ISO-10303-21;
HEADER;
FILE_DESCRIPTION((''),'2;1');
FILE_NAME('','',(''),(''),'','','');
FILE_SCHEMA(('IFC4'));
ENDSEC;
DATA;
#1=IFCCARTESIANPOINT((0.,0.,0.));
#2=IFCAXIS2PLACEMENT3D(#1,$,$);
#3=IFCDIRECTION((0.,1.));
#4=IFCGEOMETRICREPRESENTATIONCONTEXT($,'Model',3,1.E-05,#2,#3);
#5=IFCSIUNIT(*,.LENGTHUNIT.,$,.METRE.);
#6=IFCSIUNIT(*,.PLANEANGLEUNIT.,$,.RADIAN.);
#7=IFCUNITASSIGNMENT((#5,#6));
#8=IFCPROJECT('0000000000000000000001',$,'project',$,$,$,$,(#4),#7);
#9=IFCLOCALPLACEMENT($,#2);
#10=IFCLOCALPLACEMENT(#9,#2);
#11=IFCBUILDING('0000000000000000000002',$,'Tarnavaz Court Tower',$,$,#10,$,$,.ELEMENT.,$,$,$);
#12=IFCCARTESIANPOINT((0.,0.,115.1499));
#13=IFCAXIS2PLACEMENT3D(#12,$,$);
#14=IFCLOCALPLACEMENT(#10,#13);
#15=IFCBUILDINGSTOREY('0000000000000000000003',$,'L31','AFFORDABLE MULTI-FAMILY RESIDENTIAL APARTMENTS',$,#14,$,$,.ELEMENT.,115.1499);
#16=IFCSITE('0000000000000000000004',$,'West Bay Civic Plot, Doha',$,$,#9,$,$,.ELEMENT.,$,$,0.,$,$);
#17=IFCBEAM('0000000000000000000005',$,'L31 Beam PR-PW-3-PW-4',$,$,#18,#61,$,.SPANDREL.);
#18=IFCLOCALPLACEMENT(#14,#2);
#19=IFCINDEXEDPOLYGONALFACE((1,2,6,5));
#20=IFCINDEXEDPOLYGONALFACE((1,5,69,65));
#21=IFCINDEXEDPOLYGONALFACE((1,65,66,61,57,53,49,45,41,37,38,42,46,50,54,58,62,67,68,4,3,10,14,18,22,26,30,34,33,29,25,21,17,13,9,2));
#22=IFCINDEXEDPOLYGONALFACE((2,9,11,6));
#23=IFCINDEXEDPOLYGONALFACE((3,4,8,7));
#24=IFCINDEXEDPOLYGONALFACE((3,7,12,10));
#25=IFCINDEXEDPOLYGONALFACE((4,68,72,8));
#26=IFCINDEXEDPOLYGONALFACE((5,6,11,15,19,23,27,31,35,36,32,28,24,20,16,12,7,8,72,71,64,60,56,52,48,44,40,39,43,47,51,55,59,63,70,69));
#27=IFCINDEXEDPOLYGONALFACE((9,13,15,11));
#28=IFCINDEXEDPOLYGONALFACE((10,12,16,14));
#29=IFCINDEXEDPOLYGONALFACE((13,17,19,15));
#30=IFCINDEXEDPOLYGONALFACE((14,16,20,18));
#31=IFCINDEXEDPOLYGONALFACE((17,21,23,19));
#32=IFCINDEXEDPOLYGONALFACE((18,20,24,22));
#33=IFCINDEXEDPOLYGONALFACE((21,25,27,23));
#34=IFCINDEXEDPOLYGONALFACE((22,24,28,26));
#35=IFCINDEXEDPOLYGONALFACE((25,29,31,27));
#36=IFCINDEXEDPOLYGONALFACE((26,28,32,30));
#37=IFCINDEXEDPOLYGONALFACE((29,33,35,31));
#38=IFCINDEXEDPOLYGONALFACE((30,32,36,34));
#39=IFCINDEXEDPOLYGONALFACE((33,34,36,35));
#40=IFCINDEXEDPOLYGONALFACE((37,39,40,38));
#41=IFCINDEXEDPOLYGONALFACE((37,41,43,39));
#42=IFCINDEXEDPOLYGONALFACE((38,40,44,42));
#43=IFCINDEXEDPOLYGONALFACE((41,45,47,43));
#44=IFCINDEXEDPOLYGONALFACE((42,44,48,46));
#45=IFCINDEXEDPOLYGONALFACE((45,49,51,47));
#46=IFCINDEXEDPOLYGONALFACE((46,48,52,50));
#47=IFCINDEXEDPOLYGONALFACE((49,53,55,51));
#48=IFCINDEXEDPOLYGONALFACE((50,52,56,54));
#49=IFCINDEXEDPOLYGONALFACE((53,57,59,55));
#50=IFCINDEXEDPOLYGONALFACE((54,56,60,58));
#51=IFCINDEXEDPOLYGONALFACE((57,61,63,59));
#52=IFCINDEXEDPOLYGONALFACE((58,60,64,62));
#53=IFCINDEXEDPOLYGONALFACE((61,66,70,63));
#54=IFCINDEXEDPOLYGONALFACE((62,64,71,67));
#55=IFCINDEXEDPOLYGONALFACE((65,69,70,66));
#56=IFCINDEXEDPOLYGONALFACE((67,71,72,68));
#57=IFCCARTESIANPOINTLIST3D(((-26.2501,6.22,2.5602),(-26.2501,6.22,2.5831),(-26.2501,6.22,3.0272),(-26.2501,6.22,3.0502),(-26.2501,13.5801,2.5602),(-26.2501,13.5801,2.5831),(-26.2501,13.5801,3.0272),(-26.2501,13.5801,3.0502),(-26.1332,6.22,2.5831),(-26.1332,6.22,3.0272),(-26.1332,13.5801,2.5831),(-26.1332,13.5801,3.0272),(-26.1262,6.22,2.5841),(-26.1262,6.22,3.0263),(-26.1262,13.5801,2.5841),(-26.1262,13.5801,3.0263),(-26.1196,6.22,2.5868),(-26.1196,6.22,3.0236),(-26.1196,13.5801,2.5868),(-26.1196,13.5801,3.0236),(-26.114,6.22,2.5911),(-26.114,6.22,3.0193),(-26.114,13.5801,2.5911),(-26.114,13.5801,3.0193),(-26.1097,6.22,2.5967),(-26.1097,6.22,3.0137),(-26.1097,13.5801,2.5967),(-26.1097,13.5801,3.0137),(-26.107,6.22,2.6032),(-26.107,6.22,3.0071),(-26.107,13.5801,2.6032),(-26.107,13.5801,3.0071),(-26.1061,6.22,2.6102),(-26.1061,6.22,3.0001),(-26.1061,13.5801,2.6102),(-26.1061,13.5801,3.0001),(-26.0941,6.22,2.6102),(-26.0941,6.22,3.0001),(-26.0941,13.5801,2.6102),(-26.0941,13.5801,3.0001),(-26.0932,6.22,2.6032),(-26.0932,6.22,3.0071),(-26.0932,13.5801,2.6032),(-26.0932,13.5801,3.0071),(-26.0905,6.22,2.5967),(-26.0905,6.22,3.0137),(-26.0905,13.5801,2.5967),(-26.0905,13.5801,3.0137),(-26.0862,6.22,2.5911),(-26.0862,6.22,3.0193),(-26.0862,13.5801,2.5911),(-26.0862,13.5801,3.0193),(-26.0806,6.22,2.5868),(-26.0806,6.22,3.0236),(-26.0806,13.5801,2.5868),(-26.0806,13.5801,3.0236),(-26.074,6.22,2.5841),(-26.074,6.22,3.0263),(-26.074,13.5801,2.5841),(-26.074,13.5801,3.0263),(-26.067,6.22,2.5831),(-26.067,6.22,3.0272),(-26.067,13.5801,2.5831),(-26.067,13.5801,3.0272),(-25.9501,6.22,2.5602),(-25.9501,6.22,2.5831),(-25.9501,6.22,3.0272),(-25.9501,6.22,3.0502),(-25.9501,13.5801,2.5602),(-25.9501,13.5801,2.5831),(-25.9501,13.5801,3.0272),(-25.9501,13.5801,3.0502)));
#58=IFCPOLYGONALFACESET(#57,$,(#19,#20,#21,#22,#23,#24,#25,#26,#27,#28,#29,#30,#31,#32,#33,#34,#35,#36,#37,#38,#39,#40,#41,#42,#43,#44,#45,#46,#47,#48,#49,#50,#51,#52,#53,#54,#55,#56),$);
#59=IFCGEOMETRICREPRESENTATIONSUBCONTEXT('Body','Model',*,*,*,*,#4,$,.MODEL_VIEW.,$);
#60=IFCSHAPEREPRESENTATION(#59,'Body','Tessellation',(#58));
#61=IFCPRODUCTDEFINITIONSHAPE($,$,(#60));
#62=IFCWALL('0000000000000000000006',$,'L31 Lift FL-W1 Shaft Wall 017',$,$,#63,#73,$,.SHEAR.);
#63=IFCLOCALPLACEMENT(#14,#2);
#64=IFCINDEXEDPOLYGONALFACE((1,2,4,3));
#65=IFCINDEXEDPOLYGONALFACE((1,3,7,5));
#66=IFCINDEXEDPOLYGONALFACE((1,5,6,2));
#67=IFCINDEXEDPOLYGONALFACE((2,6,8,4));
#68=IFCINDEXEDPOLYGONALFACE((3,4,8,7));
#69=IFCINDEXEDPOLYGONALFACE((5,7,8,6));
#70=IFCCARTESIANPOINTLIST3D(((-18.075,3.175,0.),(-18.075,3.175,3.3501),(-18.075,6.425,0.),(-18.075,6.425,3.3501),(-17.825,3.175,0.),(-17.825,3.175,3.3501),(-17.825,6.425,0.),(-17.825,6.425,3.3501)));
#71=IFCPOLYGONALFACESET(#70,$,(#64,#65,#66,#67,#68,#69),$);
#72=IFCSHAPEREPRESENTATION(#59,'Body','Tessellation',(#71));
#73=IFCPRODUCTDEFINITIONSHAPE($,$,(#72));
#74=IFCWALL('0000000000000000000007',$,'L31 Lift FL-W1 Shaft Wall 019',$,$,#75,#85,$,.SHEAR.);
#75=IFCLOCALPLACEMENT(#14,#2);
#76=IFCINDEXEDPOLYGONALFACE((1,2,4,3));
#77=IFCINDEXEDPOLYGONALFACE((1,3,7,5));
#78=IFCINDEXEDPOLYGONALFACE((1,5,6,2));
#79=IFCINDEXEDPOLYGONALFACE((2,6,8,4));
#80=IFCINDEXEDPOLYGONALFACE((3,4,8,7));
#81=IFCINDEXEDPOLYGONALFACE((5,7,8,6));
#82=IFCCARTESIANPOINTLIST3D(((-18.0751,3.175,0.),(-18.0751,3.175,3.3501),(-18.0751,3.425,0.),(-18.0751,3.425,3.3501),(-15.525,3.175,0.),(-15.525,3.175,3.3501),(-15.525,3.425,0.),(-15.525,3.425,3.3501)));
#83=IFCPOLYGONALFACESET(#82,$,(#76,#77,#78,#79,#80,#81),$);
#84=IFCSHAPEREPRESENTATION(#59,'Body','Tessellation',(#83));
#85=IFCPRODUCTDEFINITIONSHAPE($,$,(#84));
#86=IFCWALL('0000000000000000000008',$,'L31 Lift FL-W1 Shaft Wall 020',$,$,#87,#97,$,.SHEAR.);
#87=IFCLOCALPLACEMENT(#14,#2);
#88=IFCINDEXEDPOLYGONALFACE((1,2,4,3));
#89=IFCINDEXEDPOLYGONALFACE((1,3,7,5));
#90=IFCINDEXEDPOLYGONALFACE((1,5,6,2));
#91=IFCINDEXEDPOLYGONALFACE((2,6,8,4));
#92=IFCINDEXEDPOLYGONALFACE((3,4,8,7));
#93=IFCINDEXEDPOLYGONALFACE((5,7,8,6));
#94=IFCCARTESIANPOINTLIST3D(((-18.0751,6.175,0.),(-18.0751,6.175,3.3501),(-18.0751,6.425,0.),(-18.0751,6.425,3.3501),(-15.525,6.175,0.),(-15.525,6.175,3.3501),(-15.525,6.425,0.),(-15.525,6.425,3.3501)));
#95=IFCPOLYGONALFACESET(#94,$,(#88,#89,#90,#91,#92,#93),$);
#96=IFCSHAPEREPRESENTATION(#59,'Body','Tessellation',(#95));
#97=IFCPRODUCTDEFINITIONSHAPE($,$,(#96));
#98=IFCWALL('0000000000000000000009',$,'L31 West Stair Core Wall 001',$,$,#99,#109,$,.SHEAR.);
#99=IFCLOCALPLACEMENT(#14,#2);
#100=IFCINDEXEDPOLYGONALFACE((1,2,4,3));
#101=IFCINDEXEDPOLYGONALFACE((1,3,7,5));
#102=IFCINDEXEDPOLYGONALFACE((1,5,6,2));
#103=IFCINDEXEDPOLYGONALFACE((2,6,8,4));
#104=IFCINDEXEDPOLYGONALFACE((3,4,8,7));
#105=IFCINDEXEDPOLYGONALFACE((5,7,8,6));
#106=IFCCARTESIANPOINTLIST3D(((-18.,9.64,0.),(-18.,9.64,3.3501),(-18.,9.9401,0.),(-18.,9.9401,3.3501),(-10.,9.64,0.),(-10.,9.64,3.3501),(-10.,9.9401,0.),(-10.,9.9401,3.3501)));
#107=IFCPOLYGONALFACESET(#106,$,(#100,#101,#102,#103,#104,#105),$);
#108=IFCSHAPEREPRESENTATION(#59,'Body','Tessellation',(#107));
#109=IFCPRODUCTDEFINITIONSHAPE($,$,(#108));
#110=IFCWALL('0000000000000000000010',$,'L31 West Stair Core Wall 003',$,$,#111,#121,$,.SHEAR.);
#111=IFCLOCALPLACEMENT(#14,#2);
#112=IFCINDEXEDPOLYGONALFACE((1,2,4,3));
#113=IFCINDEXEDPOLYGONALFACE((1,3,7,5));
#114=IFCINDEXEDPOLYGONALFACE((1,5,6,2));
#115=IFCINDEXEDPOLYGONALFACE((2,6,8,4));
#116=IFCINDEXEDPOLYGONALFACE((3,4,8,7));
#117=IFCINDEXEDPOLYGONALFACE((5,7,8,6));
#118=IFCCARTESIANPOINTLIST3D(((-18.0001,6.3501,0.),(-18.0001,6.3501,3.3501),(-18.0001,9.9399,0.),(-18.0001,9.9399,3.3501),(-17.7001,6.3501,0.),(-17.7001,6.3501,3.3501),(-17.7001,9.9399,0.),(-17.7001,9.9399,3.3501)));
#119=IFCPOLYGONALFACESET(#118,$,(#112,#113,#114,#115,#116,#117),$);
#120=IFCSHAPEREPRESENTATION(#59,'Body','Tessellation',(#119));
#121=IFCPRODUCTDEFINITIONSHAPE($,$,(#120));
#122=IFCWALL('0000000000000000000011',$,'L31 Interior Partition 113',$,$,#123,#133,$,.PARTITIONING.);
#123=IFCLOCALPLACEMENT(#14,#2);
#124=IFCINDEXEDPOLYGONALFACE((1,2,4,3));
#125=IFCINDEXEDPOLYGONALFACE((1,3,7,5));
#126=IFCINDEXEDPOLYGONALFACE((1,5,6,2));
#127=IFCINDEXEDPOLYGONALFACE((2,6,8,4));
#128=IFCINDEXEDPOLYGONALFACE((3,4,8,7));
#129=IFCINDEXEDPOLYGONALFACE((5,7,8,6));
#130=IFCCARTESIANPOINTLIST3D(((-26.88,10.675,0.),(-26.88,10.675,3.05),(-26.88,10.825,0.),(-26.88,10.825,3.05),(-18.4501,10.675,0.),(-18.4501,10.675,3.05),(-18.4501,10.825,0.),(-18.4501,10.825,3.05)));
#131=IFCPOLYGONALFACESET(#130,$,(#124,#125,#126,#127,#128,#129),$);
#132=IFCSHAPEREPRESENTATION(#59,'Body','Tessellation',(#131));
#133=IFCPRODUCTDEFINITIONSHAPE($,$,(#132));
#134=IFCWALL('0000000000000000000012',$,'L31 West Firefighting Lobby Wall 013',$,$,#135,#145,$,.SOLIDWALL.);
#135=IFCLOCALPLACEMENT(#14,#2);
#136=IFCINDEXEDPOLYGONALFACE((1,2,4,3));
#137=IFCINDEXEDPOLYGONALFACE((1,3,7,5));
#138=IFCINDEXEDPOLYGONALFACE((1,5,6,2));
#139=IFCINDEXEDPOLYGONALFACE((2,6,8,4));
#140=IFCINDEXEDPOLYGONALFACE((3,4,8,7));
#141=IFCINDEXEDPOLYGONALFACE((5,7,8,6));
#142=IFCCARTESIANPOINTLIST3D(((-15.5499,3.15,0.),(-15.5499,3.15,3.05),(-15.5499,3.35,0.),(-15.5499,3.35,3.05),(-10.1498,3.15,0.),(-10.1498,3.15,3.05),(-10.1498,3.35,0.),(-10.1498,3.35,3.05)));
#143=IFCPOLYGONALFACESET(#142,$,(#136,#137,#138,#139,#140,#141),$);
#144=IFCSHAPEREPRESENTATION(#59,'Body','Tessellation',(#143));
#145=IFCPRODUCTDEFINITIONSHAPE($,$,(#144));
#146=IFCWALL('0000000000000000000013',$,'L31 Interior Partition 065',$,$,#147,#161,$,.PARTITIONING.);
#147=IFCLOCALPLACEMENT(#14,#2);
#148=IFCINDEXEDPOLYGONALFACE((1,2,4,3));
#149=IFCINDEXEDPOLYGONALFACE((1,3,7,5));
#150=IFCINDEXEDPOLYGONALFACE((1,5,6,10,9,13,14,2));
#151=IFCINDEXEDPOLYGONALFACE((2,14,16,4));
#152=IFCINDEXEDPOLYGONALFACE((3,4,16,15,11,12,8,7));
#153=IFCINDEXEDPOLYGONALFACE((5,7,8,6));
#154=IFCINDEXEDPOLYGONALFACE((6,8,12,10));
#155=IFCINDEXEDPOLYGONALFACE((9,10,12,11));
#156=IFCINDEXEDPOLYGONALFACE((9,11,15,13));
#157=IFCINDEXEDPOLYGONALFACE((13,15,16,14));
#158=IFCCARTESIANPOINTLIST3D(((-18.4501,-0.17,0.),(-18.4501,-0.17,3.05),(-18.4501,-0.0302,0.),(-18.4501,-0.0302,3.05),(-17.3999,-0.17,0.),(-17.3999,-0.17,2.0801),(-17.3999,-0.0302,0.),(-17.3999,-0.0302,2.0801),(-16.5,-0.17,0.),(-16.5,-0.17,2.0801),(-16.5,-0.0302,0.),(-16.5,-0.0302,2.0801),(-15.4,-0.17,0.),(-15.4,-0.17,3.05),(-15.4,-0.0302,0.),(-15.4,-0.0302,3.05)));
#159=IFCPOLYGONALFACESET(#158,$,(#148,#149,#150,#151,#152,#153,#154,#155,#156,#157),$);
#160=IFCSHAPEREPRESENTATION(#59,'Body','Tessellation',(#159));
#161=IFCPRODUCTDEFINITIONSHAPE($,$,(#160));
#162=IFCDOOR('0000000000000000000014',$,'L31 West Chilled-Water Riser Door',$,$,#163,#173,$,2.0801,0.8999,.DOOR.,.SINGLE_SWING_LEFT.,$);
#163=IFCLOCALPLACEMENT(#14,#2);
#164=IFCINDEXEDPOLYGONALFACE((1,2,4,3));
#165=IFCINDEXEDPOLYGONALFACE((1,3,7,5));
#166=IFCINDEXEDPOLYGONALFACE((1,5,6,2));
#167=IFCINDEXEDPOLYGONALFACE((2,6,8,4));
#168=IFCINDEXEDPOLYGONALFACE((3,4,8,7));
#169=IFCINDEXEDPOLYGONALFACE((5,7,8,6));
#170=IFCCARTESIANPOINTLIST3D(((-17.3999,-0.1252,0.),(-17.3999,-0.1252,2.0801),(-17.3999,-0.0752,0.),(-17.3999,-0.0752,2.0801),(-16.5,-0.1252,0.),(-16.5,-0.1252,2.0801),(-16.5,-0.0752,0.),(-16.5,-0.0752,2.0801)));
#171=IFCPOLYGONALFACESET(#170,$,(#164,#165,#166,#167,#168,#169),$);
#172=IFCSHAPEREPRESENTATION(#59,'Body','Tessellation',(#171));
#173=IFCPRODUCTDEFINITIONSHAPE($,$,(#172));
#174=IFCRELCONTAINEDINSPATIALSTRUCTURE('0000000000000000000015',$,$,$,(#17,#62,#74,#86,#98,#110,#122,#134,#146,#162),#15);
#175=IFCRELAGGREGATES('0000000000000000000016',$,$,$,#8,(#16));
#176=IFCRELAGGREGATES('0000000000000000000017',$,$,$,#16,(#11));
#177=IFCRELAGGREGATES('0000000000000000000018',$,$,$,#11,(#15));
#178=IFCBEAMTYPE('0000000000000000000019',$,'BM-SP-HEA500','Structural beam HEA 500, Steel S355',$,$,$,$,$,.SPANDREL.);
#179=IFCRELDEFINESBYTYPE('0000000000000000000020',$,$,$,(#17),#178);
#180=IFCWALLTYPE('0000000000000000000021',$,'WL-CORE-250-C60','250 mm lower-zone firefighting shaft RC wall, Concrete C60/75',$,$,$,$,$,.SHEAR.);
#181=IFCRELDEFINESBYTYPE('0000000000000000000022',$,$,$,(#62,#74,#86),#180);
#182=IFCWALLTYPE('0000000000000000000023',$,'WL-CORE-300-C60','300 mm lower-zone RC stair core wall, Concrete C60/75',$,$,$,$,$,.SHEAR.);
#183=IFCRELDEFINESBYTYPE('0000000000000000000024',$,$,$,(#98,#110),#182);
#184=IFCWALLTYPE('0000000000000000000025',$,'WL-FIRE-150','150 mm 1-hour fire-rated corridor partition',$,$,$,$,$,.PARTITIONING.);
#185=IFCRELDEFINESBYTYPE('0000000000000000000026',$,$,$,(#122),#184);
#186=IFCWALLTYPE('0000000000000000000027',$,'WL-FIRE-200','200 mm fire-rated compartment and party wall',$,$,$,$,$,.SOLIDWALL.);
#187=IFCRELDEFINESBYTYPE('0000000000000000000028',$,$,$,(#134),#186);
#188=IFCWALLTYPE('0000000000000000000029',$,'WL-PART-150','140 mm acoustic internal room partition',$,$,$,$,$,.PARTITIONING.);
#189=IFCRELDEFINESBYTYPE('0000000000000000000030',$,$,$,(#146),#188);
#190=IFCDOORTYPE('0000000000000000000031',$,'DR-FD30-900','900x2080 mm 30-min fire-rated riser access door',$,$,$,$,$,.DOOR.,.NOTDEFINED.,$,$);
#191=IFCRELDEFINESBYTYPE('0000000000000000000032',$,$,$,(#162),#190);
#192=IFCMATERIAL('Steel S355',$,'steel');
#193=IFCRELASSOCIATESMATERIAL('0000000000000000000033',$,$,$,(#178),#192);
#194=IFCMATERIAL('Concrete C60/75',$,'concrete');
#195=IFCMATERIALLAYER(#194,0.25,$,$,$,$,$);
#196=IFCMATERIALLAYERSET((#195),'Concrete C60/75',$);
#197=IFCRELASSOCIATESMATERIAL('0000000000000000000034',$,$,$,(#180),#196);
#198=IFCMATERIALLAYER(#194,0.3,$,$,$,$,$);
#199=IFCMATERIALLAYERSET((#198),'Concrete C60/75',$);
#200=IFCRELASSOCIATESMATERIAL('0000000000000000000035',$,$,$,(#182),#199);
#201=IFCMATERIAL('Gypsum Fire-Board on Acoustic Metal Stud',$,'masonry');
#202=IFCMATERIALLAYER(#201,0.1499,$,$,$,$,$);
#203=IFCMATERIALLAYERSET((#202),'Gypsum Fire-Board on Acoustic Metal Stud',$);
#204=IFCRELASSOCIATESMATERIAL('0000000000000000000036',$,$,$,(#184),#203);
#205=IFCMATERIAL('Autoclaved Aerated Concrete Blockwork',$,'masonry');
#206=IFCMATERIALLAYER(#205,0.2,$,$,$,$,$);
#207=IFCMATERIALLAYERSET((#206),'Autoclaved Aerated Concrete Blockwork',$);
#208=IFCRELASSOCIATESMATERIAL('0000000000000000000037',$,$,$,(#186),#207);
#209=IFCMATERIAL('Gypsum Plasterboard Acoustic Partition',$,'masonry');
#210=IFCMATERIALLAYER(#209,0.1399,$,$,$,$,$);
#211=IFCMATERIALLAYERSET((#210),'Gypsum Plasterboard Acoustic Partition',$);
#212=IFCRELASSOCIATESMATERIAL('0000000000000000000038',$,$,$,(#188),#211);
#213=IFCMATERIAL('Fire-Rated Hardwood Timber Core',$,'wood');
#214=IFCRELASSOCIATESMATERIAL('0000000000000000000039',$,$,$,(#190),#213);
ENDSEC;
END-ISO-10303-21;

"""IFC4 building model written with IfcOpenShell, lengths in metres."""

from ifc_helpers import new_model, si_unit, direction, frame, frame_2d, origin, origin_2d, place, context, subcontext, project, spatial, rectangle, i_section, extrude, material, layer, layer_set, material_profile, profile_set, type_object, element, fill, save


model = new_model("IFC4")

# Units and contexts
model_context = context("Model", 3, precision=1e-05, world=origin(), true_north=direction((0.0, 1.0)))
body_context = subcontext(model_context, "Body", "Model", "MODEL_VIEW")
ifc_project = project(units=[si_unit("LENGTHUNIT", "METRE"), si_unit("PLANEANGLEUNIT", "RADIAN")], contexts=[model_context])

# Site, building, storey
site_placement = place(None, origin())
site = spatial("IfcSite", under=ifc_project, at=site_placement, Name="West Bay Civic Plot, Doha", CompositionType="ELEMENT", RefElevation=0.0)
building_placement = place(site_placement, origin())
building = spatial("IfcBuilding", under=site, at=building_placement, Name="Tarnavaz Court Tower", CompositionType="ELEMENT")
storey_placement = place(building_placement, frame((0.0, 0.0, 115.1499)))
storey = spatial("IfcBuildingStorey", under=building, at=storey_placement, Name="L31", Description="AFFORDABLE MULTI-FAMILY RESIDENTIAL APARTMENTS", CompositionType="ELEMENT", Elevation=115.1499)

# Shared definitions
ifc_material_1 = material(Name="Concrete C60/75", Category="concrete")

# Beam
ifc_material_2 = material(Name="Steel S355", Category="steel")
ifc_material_profile_1 = material_profile(ifc_material_2, i_section(OverallWidth=0.3, OverallDepth=0.49, WebThickness=0.012, FlangeThickness=0.0229, FilletRadius=0.0271, at=origin_2d()), Name="HEA 500")
ifc_profile_set_1 = profile_set([ifc_material_profile_1], Name="Steel S355")
beam_type_1 = type_object("IfcBeamType", Name="BM-SP-HEA500", Description="Structural beam HEA 500, Steel S355", PredefinedType="SPANDREL", material=ifc_profile_set_1)
beam_1_placement = place(storey_placement, frame((-26.1001, 6.22, 2.8052), z_axis=(0.0, 1.0, 0.0), x_axis=(-1.0, 0.0, 0.0)))
element("IfcBeam", 1, at=beam_1_placement, inside=storey, type_object=beam_type_1, Name="L31 Beam PR-PW-3-PW-4", PredefinedType="SPANDREL", context=body_context, shape_type="SweptSolid", body=[
    extrude(i_section(OverallWidth=0.3, OverallDepth=0.49, WebThickness=0.012, FlangeThickness=0.0229, FilletRadius=0.0271, at=origin_2d()), origin(), (0.0, 0.0, 1.0), 7.3601),
])

# Wall
ifc_layer_1 = layer(ifc_material_1, 0.25)
ifc_layer_set_1 = layer_set([ifc_layer_1], Name="Concrete C60/75")
wall_type_1 = type_object("IfcWallType", Name="WL-CORE-250-C60", Description="250 mm lower-zone firefighting shaft RC wall, Concrete C60/75", PredefinedType="SHEAR", material=ifc_layer_set_1)
wall_1_placement = place(storey_placement, frame((-17.95, 3.175, 0.0), z_axis=(0.0, 0.0, 1.0), x_axis=(0.0, 1.0, 0.0)))
element("IfcWall", 2, at=wall_1_placement, inside=storey, type_object=wall_type_1, Name="L31 Lift FL-W1 Shaft Wall 017", PredefinedType="SHEAR", context=body_context, shape_type="SweptSolid", body=[
    extrude(rectangle(XDim=3.25, YDim=0.25, at=frame_2d((1.625, 0.0))), origin(), (0.0, 0.0, 1.0), 3.3501),
])

# Walls
for number, where, z_axis, x_axis, name in (
    (3, (-18.075, 3.3, 0.0), (0.0, 0.0, 1.0), (1.0, 0.0, 0.0), "L31 Lift FL-W1 Shaft Wall 019"),
    (4, (-18.075, 6.3, 0.0), (0.0, 0.0, 1.0), (1.0, 0.0, 0.0), "L31 Lift FL-W1 Shaft Wall 020"),
):
    element("IfcWall", number, at=place(storey_placement, frame(where, z_axis=z_axis, x_axis=x_axis)), inside=storey, type_object=wall_type_1, Name=name, PredefinedType="SHEAR", context=body_context, shape_type="SweptSolid", body=[
        extrude(rectangle(XDim=2.55, YDim=0.25, at=frame_2d((1.2749, 0.0))), origin(), (0.0, 0.0, 1.0), 3.3501),
    ])
ifc_layer_2 = layer(ifc_material_1, 0.3)
ifc_layer_set_2 = layer_set([ifc_layer_2], Name="Concrete C60/75")
wall_type_2 = type_object("IfcWallType", Name="WL-CORE-300-C60", Description="300 mm lower-zone RC stair core wall, Concrete C60/75", PredefinedType="SHEAR", material=ifc_layer_set_2)
wall_2_placement = place(storey_placement, frame((-18.0, 9.79, 0.0), z_axis=(0.0, 0.0, 1.0), x_axis=(1.0, 0.0, 0.0)))
element("IfcWall", 5, at=wall_2_placement, inside=storey, type_object=wall_type_2, Name="L31 West Stair Core Wall 001", PredefinedType="SHEAR", context=body_context, shape_type="SweptSolid", body=[
    extrude(rectangle(XDim=8.0, YDim=0.3, at=frame_2d((4.0, 0.0))), origin(), (0.0, 0.0, 1.0), 3.3501),
])

# Shared definitions
ifc_material_3 = material(Name="Fire-Rated Hardwood Timber Core", Category="wood")

# Walls
wall_3_placement = place(storey_placement, frame((-17.8501, 6.3501, 0.0), z_axis=(0.0, 0.0, 1.0), x_axis=(0.0, 1.0, 0.0)))
element("IfcWall", 6, at=wall_3_placement, inside=storey, type_object=wall_type_2, Name="L31 West Stair Core Wall 003", PredefinedType="SHEAR", context=body_context, shape_type="SweptSolid", body=[
    extrude(rectangle(XDim=3.5898, YDim=0.3, at=frame_2d((1.7949, 0.0))), origin(), (0.0, 0.0, 1.0), 3.3501),
])
ifc_material_4 = material(Name="Gypsum Fire-Board on Acoustic Metal Stud", Category="masonry")
ifc_layer_3 = layer(ifc_material_4, 0.1499)
ifc_layer_set_3 = layer_set([ifc_layer_3], Name="Gypsum Fire-Board on Acoustic Metal Stud")
wall_type_3 = type_object("IfcWallType", Name="WL-FIRE-150", Description="150 mm 1-hour fire-rated corridor partition", PredefinedType="PARTITIONING", material=ifc_layer_set_3)
wall_4_placement = place(storey_placement, frame((-26.8799, 10.75, 0.0), z_axis=(0.0, 0.0, 1.0), x_axis=(1.0, 0.0, 0.0)))
element("IfcWall", 7, at=wall_4_placement, inside=storey, type_object=wall_type_3, Name="L31 Interior Partition 113", PredefinedType="PARTITIONING", context=body_context, shape_type="SweptSolid", body=[
    extrude(rectangle(XDim=8.4299, YDim=0.1499, at=frame_2d((4.2148, 0.0))), origin(), (0.0, 0.0, 1.0), 3.05),
])
ifc_material_5 = material(Name="Autoclaved Aerated Concrete Blockwork", Category="masonry")
ifc_layer_4 = layer(ifc_material_5, 0.2)
ifc_layer_set_4 = layer_set([ifc_layer_4], Name="Autoclaved Aerated Concrete Blockwork")
wall_type_4 = type_object("IfcWallType", Name="WL-FIRE-200", Description="200 mm fire-rated compartment and party wall", PredefinedType="SOLIDWALL", material=ifc_layer_set_4)
wall_5_placement = place(storey_placement, frame((-15.55, 3.25, 0.0), z_axis=(0.0, 0.0, 1.0), x_axis=(1.0, 0.0, 0.0)))
element("IfcWall", 8, at=wall_5_placement, inside=storey, type_object=wall_type_4, Name="L31 West Firefighting Lobby Wall 013", PredefinedType="SOLIDWALL", context=body_context, shape_type="SweptSolid", body=[
    extrude(rectangle(XDim=5.4001, YDim=0.2, at=frame_2d((2.7002, 0.0))), origin(), (0.0, 0.0, 1.0), 3.05),
])

# Wall, opening, door
ifc_material_6 = material(Name="Gypsum Plasterboard Acoustic Partition", Category="masonry")
ifc_layer_5 = layer(ifc_material_6, 0.1399)
ifc_layer_set_5 = layer_set([ifc_layer_5], Name="Gypsum Plasterboard Acoustic Partition")
wall_type_5 = type_object("IfcWallType", Name="WL-PART-150", Description="140 mm acoustic internal room partition", PredefinedType="PARTITIONING", material=ifc_layer_set_5)
wall_6_placement = place(storey_placement, frame((-18.45, -0.1001, 0.0), z_axis=(0.0, 0.0, 1.0), x_axis=(1.0, 0.0, 0.0)))
wall_6 = element("IfcWall", 9, at=wall_6_placement, inside=storey, type_object=wall_type_5, Name="L31 Interior Partition 065", PredefinedType="PARTITIONING", context=body_context, shape_type="SweptSolid", body=[
    extrude(rectangle(XDim=3.05, YDim=0.1399, at=frame_2d((1.5249, 0.0))), origin(), (0.0, 0.0, 1.0), 3.05),
])
opening_1_placement = place(wall_6_placement, frame((1.05, 0.0, 0.0)))
opening_1 = element("IfcOpeningElement", 10, at=opening_1_placement, cuts=wall_6, PredefinedType="OPENING", context=body_context, shape_type="SweptSolid", body=[
    extrude(rectangle(XDim=0.8999, YDim=2.0801, at=frame_2d((0.45, 1.04))), frame((0.0, 0.0798, 0.0), z_axis=(0.0, -1.0, 0.0), x_axis=(1.0, 0.0, 0.0)), (0.0, 0.0, 1.0), 0.1599),
])
door_type_1 = type_object("IfcDoorType", Name="DR-FD30-900", Description="900x2080 mm 30-min fire-rated riser access door", OperationType="NOTDEFINED", PredefinedType="DOOR", material=ifc_material_3)
door_1_placement = place(opening_1_placement, origin())
door_1 = element("IfcDoor", 11, at=door_1_placement, inside=storey, type_object=door_type_1, Name="L31 West Chilled-Water Riser Door", OperationType="SINGLE_SWING_LEFT", OverallHeight=2.0801, OverallWidth=0.8999, PredefinedType="DOOR", context=body_context, shape_type="SweptSolid", body=[
    extrude(rectangle(XDim=0.8999, YDim=2.0801, at=frame_2d((0.45, 1.04))), frame((0.0, 0.0249, 0.0), z_axis=(0.0, -1.0, 0.0), x_axis=(1.0, 0.0, 0.0)), (0.0, 0.0, 1.0), 0.05),
])
fill(opening_1, door_1)

save(model, "model.ifc")
